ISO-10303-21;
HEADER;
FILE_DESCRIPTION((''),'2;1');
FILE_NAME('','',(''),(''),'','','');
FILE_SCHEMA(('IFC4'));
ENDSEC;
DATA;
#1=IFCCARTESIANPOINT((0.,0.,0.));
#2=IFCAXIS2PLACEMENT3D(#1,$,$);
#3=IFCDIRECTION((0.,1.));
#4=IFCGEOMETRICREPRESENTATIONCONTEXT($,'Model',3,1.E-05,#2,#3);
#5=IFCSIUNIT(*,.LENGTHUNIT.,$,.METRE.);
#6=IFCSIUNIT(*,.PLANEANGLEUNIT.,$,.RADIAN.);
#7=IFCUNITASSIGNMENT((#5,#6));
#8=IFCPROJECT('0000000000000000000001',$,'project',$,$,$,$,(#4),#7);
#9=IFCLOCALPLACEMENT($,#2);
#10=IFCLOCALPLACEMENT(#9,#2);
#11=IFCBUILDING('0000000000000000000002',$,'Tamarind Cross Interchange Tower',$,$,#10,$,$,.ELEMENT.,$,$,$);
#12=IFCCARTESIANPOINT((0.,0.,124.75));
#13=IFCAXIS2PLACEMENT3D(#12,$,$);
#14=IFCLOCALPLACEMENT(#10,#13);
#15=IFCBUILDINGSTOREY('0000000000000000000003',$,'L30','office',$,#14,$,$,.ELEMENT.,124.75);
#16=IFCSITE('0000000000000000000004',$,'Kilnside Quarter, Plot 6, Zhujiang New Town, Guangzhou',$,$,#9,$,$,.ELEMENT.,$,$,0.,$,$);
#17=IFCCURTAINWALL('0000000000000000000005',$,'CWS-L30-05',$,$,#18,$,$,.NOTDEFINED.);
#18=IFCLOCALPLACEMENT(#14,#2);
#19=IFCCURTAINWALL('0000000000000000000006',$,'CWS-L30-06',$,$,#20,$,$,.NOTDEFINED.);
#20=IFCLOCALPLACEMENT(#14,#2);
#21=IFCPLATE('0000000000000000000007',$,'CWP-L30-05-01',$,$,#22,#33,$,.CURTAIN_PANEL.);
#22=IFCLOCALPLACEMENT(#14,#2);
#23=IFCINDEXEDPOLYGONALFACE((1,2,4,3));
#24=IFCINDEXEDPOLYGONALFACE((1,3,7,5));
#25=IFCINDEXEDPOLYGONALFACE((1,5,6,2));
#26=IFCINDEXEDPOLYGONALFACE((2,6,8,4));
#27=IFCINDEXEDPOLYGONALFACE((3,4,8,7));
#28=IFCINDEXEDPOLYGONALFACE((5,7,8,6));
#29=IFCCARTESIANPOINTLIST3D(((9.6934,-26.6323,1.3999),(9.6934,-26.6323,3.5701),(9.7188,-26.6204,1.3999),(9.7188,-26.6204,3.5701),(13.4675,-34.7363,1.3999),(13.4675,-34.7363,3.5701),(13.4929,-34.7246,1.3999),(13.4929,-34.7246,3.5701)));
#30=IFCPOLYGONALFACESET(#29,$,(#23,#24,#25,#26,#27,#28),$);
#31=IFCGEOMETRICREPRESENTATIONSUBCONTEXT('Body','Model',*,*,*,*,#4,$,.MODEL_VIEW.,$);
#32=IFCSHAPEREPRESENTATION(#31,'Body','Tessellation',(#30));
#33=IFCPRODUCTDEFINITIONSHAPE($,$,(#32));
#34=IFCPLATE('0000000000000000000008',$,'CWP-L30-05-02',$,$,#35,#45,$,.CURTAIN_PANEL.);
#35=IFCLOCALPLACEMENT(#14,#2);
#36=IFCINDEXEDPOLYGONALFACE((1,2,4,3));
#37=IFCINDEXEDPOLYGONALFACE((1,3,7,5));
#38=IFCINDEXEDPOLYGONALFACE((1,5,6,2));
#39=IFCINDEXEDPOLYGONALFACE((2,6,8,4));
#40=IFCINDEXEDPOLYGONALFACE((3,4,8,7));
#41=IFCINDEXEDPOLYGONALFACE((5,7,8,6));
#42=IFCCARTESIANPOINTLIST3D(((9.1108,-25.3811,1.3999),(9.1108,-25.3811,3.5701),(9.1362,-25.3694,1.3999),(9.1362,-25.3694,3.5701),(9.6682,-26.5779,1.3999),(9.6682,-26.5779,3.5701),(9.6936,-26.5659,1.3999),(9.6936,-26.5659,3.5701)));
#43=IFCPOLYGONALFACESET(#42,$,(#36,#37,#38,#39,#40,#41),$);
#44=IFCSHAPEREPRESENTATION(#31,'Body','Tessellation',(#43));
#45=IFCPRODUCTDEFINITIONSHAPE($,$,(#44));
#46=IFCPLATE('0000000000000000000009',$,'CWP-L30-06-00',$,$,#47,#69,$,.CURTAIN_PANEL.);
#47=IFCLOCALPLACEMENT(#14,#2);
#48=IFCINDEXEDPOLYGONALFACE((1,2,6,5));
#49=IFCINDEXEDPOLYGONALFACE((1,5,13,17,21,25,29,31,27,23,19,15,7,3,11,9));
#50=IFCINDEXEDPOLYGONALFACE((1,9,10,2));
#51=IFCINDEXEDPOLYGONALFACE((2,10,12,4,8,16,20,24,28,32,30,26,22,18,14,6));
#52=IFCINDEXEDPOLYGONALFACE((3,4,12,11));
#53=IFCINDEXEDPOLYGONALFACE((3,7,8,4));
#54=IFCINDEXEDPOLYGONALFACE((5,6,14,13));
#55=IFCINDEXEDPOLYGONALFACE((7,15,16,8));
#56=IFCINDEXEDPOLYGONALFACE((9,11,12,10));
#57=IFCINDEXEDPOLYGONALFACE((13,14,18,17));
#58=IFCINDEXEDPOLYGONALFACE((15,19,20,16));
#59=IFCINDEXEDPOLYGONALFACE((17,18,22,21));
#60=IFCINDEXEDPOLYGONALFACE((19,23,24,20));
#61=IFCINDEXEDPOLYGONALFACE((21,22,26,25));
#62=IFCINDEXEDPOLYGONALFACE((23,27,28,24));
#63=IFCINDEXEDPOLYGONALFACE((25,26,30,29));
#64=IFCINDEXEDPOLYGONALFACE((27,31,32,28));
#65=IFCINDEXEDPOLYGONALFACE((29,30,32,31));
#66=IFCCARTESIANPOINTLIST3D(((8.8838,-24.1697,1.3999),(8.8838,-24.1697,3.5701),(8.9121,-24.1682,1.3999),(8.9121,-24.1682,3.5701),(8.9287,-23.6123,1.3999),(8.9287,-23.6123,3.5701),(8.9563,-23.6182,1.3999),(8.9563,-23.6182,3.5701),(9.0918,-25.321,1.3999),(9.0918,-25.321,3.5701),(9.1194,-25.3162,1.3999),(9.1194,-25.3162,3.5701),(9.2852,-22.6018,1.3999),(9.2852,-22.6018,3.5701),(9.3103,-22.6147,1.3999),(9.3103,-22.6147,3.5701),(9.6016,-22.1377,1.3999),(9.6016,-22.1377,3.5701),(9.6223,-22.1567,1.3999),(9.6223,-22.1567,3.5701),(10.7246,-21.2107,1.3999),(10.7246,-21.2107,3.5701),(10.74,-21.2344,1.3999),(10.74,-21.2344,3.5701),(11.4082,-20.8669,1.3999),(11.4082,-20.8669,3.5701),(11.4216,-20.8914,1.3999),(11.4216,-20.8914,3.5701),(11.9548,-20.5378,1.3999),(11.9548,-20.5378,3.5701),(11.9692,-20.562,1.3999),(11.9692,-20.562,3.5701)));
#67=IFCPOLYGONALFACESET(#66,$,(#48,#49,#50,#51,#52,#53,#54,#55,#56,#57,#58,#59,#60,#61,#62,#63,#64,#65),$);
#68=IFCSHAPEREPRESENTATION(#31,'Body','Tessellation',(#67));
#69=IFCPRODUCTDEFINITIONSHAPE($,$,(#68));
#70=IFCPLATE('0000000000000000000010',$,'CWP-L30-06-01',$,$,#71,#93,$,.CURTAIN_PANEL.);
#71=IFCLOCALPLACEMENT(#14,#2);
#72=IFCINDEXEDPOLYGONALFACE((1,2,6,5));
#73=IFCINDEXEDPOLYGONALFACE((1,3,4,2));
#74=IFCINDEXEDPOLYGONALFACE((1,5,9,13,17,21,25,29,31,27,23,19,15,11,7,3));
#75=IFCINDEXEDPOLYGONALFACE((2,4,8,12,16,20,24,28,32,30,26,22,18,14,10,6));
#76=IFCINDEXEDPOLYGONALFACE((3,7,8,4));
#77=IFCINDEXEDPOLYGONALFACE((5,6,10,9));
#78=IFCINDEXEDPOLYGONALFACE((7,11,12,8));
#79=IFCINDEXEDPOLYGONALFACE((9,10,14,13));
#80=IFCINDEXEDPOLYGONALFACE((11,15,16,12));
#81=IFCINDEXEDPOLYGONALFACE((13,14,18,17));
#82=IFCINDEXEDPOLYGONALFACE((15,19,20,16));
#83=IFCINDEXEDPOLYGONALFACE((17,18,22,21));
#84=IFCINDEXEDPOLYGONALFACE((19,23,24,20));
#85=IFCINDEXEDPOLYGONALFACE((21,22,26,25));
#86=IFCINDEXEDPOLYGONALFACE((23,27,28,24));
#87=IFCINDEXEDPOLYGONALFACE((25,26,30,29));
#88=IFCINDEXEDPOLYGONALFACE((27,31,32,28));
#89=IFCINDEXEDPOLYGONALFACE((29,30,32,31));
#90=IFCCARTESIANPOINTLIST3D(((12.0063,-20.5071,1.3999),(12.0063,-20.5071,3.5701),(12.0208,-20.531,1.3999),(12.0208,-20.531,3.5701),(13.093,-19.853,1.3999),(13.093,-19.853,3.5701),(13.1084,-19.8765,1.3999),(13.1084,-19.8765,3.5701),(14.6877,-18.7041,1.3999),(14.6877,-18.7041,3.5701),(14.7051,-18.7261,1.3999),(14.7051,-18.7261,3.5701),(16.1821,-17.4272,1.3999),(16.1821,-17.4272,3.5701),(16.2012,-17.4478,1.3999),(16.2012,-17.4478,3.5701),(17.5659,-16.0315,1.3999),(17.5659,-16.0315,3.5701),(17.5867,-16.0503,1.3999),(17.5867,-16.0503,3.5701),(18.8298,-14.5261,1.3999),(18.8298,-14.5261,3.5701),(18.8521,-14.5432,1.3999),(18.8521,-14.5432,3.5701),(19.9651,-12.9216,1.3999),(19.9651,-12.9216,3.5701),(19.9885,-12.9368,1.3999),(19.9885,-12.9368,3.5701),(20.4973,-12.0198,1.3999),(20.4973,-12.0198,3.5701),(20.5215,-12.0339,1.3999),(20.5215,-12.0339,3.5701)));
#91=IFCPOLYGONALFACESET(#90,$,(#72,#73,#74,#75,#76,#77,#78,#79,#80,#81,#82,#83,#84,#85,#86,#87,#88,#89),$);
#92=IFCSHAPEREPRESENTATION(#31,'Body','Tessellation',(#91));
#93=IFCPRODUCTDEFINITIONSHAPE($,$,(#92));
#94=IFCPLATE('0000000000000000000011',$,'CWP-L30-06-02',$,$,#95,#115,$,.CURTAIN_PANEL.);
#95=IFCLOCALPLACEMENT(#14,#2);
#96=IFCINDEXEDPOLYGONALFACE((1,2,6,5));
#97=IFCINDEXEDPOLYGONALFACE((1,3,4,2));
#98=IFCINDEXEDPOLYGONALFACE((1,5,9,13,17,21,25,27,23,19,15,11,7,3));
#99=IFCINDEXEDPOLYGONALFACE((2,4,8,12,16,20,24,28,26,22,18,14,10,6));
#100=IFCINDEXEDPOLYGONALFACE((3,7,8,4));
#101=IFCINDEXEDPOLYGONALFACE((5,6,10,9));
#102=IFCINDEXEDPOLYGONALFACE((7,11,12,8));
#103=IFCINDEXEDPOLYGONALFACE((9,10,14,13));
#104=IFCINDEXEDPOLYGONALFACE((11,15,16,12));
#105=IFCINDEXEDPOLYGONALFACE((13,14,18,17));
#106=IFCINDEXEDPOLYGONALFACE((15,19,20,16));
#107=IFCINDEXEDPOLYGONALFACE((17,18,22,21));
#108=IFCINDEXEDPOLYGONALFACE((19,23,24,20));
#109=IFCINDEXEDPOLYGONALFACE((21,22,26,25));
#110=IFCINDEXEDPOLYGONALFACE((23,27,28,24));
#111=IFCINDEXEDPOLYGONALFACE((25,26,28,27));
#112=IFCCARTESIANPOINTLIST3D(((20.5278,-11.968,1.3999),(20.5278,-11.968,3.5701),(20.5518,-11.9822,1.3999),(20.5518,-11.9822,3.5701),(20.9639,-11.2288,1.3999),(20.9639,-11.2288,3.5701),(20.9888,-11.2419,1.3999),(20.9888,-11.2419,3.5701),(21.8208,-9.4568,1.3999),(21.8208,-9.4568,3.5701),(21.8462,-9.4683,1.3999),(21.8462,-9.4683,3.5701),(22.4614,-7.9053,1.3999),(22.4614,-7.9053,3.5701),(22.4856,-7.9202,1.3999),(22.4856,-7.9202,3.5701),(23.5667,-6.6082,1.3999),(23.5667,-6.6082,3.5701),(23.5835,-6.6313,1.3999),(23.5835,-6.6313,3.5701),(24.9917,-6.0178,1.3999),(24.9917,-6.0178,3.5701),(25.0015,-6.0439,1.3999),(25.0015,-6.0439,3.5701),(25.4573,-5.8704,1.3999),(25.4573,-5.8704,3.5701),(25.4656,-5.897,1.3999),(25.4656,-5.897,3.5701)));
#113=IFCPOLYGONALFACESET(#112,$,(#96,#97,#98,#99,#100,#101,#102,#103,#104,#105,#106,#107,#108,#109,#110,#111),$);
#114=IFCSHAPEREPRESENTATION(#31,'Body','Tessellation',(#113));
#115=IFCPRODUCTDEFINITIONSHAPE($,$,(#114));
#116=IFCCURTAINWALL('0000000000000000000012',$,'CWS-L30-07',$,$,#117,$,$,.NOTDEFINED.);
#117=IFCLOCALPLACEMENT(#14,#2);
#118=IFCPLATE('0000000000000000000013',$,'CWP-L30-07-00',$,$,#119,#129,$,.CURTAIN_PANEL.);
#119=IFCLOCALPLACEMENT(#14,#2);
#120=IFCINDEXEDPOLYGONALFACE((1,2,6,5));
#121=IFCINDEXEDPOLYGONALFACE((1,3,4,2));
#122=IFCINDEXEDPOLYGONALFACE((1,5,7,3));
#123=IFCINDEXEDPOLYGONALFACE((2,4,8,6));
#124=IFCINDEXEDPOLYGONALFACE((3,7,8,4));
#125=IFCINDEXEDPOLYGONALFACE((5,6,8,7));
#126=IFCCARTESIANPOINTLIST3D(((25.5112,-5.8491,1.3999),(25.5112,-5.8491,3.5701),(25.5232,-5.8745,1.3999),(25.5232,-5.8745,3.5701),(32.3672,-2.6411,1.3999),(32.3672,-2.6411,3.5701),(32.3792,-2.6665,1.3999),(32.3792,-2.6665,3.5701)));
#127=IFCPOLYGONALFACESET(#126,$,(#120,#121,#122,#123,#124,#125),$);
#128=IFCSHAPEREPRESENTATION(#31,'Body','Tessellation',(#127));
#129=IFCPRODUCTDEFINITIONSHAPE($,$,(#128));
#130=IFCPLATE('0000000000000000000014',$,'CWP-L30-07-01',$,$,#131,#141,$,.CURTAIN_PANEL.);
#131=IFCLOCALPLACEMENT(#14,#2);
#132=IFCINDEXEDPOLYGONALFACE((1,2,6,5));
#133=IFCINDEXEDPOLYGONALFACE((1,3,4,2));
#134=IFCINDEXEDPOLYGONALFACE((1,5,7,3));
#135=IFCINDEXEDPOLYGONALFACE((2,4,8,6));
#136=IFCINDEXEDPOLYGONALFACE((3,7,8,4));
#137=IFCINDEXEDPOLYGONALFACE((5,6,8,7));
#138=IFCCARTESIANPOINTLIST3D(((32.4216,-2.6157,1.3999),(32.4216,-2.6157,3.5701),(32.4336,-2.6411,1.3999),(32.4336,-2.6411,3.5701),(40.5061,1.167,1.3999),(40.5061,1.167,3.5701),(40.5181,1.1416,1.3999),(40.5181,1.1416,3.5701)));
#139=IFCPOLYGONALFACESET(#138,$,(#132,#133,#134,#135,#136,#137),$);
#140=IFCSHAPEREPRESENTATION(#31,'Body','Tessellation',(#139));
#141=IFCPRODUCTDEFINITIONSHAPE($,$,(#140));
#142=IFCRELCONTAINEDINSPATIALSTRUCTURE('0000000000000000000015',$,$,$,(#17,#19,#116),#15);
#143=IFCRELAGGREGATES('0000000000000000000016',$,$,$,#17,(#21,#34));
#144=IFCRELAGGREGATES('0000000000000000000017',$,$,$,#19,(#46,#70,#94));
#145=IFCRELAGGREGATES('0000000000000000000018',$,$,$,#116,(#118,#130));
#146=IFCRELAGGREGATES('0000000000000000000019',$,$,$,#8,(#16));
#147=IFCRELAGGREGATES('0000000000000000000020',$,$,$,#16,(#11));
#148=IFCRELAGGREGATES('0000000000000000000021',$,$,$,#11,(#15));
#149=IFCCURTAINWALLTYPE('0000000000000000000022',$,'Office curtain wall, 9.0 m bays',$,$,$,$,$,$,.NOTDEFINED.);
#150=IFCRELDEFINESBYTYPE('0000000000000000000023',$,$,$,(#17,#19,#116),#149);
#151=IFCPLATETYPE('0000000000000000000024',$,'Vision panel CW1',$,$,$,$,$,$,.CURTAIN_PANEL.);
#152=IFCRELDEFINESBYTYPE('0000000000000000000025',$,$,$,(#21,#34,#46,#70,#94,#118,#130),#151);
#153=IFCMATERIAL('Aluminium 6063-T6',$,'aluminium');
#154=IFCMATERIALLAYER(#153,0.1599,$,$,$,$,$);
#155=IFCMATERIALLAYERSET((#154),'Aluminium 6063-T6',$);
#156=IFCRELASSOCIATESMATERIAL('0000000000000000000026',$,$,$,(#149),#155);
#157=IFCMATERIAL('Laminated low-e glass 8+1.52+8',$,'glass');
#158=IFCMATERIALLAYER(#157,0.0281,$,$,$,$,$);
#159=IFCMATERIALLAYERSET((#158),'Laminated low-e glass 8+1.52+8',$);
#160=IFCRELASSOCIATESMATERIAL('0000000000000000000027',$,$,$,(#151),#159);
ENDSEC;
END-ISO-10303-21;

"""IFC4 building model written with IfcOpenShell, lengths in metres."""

from ifc_helpers import new_model, si_unit, direction, frame, origin, place, context, subcontext, project, spatial, polyline, outline, extrude, material, layer, layer_set, type_object, element, aggregate, save


model = new_model("IFC4")

# Units and contexts
model_context = context("Model", 3, precision=1e-05, world=origin(), true_north=direction((0.0, 1.0)))
body_context = subcontext(model_context, "Body", "Model", "MODEL_VIEW")
ifc_project = project(units=[si_unit("LENGTHUNIT", "METRE"), si_unit("PLANEANGLEUNIT", "RADIAN")], contexts=[model_context])

# Site, building, storey
site_placement = place(None, origin())
site = spatial("IfcSite", under=ifc_project, at=site_placement, Name="Kilnside Quarter, Plot 6, Zhujiang New Town, Guangzhou", CompositionType="ELEMENT", RefElevation=0.0)
building_placement = place(site_placement, origin())
building = spatial("IfcBuilding", under=site, at=building_placement, Name="Tamarind Cross Interchange Tower", CompositionType="ELEMENT")
storey_placement = place(building_placement, frame((0.0, 0.0, 124.75)))
storey = spatial("IfcBuildingStorey", under=building, at=storey_placement, Name="L30", Description="office", CompositionType="ELEMENT", Elevation=124.75)

# Curtain walls
ifc_material_1 = material(Name="Aluminium 6063-T6", Category="aluminium")
ifc_layer_1 = layer(ifc_material_1, 0.1599)
ifc_layer_set_1 = layer_set([ifc_layer_1], Name="Aluminium 6063-T6")
curtain_wall_type = type_object("IfcCurtainWallType", Name="Office curtain wall, 9.0 m bays", PredefinedType="NOTDEFINED", material=ifc_layer_set_1)
curtain_wall_1_placement = place(storey_placement, origin())
curtain_wall_1 = element("IfcCurtainWall", 1, at=curtain_wall_1_placement, inside=storey, type_object=curtain_wall_type, Name="CWS-L30-05", PredefinedType="NOTDEFINED")
curtain_wall_2_placement = place(storey_placement, origin())
curtain_wall_2 = element("IfcCurtainWall", 2, at=curtain_wall_2_placement, inside=storey, type_object=curtain_wall_type, Name="CWS-L30-06", PredefinedType="NOTDEFINED")

# Plates
ifc_material_2 = material(Name="Laminated low-e glass 8+1.52+8", Category="glass")
ifc_layer_2 = layer(ifc_material_2, 0.0281)
ifc_layer_set_2 = layer_set([ifc_layer_2], Name="Laminated low-e glass 8+1.52+8")
plate_type = type_object("IfcPlateType", Name="Vision panel CW1", PredefinedType="CURTAIN_PANEL", material=ifc_layer_set_2)
plate_1_placement = place(storey_placement, frame((0.0, 0.0, 1.3999)))
plate_1 = element("IfcPlate", 3, at=plate_1_placement, type_object=plate_type, Name="CWP-L30-05-01", PredefinedType="CURTAIN_PANEL", context=body_context, shape_type="SweptSolid", body=[
    extrude(outline(polyline([(13.4675, -34.7363), (9.6934, -26.6323), (9.7188, -26.6204), (13.4929, -34.7246), (13.4675, -34.7363)])), origin(), (0.0, 0.0, 1.0), 2.1702),
])
plate_2_placement = place(storey_placement, frame((0.0, 0.0, 1.3999)))
plate_2 = element("IfcPlate", 4, at=plate_2_placement, type_object=plate_type, Name="CWP-L30-05-02", PredefinedType="CURTAIN_PANEL", context=body_context, shape_type="SweptSolid", body=[
    extrude(outline(polyline([(9.6682, -26.5779), (9.1108, -25.3811), (9.1362, -25.3694), (9.6936, -26.5659), (9.6682, -26.5779)])), origin(), (0.0, 0.0, 1.0), 2.1702),
])
aggregate(curtain_wall_1, [plate_1, plate_2])
plate_3_placement = place(storey_placement, frame((0.0, 0.0, 1.3999)))
plate_3 = element("IfcPlate", 5, at=plate_3_placement, type_object=plate_type, Name="CWP-L30-06-00", PredefinedType="CURTAIN_PANEL", context=body_context, shape_type="SweptSolid", body=[
    extrude(outline(polyline([(9.0918, -25.321), (8.8838, -24.1697), (8.9287, -23.6123), (9.2852, -22.6018), (9.6016, -22.1377), (10.7246, -21.2107), (11.4082, -20.8669), (11.9548, -20.5378), (11.9692, -20.562), (11.4216, -20.8914), (10.74, -21.2344), (9.6223, -22.1567), (9.3103, -22.6147), (8.9563, -23.6182), (8.9121, -24.1682), (9.1194, -25.3162), (9.0918, -25.321)])), origin(), (0.0, 0.0, 1.0), 2.1702),
])
plate_4_placement = place(storey_placement, frame((0.0, 0.0, 1.3999)))
plate_4 = element("IfcPlate", 6, at=plate_4_placement, type_object=plate_type, Name="CWP-L30-06-01", PredefinedType="CURTAIN_PANEL", context=body_context, shape_type="SweptSolid", body=[
    extrude(outline(polyline([(12.0063, -20.5071), (13.093, -19.853), (14.6877, -18.7041), (16.1821, -17.4272), (17.5659, -16.0315), (18.8298, -14.5261), (19.9651, -12.9216), (20.4973, -12.0198), (20.5215, -12.0339), (19.9885, -12.9368), (18.8521, -14.5432), (17.5867, -16.0503), (16.2012, -17.4478), (14.7051, -18.7261), (13.1084, -19.8765), (12.0208, -20.531), (12.0063, -20.5071)])), origin(), (0.0, 0.0, 1.0), 2.1702),
])
plate_5_placement = place(storey_placement, frame((0.0, 0.0, 1.3999)))
plate_5 = element("IfcPlate", 7, at=plate_5_placement, type_object=plate_type, Name="CWP-L30-06-02", PredefinedType="CURTAIN_PANEL", context=body_context, shape_type="SweptSolid", body=[
    extrude(outline(polyline([(20.5278, -11.968), (20.9639, -11.2288), (21.8208, -9.4568), (22.4614, -7.9053), (23.5667, -6.6082), (24.9917, -6.0178), (25.4573, -5.8704), (25.4656, -5.897), (25.0015, -6.0439), (23.5835, -6.6313), (22.4856, -7.9202), (21.8462, -9.4683), (20.9888, -11.2419), (20.5518, -11.9822), (20.5278, -11.968)])), origin(), (0.0, 0.0, 1.0), 2.1702),
])
aggregate(curtain_wall_2, [plate_3, plate_4, plate_5])

# Curtain wall, plates
curtain_wall_3_placement = place(storey_placement, origin())
curtain_wall_3 = element("IfcCurtainWall", 8, at=curtain_wall_3_placement, inside=storey, type_object=curtain_wall_type, Name="CWS-L30-07", PredefinedType="NOTDEFINED")
plate_6_placement = place(storey_placement, frame((0.0, 0.0, 1.3999)))
plate_6 = element("IfcPlate", 9, at=plate_6_placement, type_object=plate_type, Name="CWP-L30-07-00", PredefinedType="CURTAIN_PANEL", context=body_context, shape_type="SweptSolid", body=[
    extrude(outline(polyline([(25.5112, -5.8491), (32.3672, -2.6411), (32.3792, -2.6665), (25.5232, -5.8745), (25.5112, -5.8491)])), origin(), (0.0, 0.0, 1.0), 2.1702),
])
plate_7_placement = place(storey_placement, frame((0.0, 0.0, 1.3999)))
plate_7 = element("IfcPlate", 10, at=plate_7_placement, type_object=plate_type, Name="CWP-L30-07-01", PredefinedType="CURTAIN_PANEL", context=body_context, shape_type="SweptSolid", body=[
    extrude(outline(polyline([(32.4216, -2.6157), (40.5061, 1.167), (40.5181, 1.1416), (32.4336, -2.6411), (32.4216, -2.6157)])), origin(), (0.0, 0.0, 1.0), 2.1702),
])
aggregate(curtain_wall_3, [plate_6, plate_7])

save(model, "model.ifc")
